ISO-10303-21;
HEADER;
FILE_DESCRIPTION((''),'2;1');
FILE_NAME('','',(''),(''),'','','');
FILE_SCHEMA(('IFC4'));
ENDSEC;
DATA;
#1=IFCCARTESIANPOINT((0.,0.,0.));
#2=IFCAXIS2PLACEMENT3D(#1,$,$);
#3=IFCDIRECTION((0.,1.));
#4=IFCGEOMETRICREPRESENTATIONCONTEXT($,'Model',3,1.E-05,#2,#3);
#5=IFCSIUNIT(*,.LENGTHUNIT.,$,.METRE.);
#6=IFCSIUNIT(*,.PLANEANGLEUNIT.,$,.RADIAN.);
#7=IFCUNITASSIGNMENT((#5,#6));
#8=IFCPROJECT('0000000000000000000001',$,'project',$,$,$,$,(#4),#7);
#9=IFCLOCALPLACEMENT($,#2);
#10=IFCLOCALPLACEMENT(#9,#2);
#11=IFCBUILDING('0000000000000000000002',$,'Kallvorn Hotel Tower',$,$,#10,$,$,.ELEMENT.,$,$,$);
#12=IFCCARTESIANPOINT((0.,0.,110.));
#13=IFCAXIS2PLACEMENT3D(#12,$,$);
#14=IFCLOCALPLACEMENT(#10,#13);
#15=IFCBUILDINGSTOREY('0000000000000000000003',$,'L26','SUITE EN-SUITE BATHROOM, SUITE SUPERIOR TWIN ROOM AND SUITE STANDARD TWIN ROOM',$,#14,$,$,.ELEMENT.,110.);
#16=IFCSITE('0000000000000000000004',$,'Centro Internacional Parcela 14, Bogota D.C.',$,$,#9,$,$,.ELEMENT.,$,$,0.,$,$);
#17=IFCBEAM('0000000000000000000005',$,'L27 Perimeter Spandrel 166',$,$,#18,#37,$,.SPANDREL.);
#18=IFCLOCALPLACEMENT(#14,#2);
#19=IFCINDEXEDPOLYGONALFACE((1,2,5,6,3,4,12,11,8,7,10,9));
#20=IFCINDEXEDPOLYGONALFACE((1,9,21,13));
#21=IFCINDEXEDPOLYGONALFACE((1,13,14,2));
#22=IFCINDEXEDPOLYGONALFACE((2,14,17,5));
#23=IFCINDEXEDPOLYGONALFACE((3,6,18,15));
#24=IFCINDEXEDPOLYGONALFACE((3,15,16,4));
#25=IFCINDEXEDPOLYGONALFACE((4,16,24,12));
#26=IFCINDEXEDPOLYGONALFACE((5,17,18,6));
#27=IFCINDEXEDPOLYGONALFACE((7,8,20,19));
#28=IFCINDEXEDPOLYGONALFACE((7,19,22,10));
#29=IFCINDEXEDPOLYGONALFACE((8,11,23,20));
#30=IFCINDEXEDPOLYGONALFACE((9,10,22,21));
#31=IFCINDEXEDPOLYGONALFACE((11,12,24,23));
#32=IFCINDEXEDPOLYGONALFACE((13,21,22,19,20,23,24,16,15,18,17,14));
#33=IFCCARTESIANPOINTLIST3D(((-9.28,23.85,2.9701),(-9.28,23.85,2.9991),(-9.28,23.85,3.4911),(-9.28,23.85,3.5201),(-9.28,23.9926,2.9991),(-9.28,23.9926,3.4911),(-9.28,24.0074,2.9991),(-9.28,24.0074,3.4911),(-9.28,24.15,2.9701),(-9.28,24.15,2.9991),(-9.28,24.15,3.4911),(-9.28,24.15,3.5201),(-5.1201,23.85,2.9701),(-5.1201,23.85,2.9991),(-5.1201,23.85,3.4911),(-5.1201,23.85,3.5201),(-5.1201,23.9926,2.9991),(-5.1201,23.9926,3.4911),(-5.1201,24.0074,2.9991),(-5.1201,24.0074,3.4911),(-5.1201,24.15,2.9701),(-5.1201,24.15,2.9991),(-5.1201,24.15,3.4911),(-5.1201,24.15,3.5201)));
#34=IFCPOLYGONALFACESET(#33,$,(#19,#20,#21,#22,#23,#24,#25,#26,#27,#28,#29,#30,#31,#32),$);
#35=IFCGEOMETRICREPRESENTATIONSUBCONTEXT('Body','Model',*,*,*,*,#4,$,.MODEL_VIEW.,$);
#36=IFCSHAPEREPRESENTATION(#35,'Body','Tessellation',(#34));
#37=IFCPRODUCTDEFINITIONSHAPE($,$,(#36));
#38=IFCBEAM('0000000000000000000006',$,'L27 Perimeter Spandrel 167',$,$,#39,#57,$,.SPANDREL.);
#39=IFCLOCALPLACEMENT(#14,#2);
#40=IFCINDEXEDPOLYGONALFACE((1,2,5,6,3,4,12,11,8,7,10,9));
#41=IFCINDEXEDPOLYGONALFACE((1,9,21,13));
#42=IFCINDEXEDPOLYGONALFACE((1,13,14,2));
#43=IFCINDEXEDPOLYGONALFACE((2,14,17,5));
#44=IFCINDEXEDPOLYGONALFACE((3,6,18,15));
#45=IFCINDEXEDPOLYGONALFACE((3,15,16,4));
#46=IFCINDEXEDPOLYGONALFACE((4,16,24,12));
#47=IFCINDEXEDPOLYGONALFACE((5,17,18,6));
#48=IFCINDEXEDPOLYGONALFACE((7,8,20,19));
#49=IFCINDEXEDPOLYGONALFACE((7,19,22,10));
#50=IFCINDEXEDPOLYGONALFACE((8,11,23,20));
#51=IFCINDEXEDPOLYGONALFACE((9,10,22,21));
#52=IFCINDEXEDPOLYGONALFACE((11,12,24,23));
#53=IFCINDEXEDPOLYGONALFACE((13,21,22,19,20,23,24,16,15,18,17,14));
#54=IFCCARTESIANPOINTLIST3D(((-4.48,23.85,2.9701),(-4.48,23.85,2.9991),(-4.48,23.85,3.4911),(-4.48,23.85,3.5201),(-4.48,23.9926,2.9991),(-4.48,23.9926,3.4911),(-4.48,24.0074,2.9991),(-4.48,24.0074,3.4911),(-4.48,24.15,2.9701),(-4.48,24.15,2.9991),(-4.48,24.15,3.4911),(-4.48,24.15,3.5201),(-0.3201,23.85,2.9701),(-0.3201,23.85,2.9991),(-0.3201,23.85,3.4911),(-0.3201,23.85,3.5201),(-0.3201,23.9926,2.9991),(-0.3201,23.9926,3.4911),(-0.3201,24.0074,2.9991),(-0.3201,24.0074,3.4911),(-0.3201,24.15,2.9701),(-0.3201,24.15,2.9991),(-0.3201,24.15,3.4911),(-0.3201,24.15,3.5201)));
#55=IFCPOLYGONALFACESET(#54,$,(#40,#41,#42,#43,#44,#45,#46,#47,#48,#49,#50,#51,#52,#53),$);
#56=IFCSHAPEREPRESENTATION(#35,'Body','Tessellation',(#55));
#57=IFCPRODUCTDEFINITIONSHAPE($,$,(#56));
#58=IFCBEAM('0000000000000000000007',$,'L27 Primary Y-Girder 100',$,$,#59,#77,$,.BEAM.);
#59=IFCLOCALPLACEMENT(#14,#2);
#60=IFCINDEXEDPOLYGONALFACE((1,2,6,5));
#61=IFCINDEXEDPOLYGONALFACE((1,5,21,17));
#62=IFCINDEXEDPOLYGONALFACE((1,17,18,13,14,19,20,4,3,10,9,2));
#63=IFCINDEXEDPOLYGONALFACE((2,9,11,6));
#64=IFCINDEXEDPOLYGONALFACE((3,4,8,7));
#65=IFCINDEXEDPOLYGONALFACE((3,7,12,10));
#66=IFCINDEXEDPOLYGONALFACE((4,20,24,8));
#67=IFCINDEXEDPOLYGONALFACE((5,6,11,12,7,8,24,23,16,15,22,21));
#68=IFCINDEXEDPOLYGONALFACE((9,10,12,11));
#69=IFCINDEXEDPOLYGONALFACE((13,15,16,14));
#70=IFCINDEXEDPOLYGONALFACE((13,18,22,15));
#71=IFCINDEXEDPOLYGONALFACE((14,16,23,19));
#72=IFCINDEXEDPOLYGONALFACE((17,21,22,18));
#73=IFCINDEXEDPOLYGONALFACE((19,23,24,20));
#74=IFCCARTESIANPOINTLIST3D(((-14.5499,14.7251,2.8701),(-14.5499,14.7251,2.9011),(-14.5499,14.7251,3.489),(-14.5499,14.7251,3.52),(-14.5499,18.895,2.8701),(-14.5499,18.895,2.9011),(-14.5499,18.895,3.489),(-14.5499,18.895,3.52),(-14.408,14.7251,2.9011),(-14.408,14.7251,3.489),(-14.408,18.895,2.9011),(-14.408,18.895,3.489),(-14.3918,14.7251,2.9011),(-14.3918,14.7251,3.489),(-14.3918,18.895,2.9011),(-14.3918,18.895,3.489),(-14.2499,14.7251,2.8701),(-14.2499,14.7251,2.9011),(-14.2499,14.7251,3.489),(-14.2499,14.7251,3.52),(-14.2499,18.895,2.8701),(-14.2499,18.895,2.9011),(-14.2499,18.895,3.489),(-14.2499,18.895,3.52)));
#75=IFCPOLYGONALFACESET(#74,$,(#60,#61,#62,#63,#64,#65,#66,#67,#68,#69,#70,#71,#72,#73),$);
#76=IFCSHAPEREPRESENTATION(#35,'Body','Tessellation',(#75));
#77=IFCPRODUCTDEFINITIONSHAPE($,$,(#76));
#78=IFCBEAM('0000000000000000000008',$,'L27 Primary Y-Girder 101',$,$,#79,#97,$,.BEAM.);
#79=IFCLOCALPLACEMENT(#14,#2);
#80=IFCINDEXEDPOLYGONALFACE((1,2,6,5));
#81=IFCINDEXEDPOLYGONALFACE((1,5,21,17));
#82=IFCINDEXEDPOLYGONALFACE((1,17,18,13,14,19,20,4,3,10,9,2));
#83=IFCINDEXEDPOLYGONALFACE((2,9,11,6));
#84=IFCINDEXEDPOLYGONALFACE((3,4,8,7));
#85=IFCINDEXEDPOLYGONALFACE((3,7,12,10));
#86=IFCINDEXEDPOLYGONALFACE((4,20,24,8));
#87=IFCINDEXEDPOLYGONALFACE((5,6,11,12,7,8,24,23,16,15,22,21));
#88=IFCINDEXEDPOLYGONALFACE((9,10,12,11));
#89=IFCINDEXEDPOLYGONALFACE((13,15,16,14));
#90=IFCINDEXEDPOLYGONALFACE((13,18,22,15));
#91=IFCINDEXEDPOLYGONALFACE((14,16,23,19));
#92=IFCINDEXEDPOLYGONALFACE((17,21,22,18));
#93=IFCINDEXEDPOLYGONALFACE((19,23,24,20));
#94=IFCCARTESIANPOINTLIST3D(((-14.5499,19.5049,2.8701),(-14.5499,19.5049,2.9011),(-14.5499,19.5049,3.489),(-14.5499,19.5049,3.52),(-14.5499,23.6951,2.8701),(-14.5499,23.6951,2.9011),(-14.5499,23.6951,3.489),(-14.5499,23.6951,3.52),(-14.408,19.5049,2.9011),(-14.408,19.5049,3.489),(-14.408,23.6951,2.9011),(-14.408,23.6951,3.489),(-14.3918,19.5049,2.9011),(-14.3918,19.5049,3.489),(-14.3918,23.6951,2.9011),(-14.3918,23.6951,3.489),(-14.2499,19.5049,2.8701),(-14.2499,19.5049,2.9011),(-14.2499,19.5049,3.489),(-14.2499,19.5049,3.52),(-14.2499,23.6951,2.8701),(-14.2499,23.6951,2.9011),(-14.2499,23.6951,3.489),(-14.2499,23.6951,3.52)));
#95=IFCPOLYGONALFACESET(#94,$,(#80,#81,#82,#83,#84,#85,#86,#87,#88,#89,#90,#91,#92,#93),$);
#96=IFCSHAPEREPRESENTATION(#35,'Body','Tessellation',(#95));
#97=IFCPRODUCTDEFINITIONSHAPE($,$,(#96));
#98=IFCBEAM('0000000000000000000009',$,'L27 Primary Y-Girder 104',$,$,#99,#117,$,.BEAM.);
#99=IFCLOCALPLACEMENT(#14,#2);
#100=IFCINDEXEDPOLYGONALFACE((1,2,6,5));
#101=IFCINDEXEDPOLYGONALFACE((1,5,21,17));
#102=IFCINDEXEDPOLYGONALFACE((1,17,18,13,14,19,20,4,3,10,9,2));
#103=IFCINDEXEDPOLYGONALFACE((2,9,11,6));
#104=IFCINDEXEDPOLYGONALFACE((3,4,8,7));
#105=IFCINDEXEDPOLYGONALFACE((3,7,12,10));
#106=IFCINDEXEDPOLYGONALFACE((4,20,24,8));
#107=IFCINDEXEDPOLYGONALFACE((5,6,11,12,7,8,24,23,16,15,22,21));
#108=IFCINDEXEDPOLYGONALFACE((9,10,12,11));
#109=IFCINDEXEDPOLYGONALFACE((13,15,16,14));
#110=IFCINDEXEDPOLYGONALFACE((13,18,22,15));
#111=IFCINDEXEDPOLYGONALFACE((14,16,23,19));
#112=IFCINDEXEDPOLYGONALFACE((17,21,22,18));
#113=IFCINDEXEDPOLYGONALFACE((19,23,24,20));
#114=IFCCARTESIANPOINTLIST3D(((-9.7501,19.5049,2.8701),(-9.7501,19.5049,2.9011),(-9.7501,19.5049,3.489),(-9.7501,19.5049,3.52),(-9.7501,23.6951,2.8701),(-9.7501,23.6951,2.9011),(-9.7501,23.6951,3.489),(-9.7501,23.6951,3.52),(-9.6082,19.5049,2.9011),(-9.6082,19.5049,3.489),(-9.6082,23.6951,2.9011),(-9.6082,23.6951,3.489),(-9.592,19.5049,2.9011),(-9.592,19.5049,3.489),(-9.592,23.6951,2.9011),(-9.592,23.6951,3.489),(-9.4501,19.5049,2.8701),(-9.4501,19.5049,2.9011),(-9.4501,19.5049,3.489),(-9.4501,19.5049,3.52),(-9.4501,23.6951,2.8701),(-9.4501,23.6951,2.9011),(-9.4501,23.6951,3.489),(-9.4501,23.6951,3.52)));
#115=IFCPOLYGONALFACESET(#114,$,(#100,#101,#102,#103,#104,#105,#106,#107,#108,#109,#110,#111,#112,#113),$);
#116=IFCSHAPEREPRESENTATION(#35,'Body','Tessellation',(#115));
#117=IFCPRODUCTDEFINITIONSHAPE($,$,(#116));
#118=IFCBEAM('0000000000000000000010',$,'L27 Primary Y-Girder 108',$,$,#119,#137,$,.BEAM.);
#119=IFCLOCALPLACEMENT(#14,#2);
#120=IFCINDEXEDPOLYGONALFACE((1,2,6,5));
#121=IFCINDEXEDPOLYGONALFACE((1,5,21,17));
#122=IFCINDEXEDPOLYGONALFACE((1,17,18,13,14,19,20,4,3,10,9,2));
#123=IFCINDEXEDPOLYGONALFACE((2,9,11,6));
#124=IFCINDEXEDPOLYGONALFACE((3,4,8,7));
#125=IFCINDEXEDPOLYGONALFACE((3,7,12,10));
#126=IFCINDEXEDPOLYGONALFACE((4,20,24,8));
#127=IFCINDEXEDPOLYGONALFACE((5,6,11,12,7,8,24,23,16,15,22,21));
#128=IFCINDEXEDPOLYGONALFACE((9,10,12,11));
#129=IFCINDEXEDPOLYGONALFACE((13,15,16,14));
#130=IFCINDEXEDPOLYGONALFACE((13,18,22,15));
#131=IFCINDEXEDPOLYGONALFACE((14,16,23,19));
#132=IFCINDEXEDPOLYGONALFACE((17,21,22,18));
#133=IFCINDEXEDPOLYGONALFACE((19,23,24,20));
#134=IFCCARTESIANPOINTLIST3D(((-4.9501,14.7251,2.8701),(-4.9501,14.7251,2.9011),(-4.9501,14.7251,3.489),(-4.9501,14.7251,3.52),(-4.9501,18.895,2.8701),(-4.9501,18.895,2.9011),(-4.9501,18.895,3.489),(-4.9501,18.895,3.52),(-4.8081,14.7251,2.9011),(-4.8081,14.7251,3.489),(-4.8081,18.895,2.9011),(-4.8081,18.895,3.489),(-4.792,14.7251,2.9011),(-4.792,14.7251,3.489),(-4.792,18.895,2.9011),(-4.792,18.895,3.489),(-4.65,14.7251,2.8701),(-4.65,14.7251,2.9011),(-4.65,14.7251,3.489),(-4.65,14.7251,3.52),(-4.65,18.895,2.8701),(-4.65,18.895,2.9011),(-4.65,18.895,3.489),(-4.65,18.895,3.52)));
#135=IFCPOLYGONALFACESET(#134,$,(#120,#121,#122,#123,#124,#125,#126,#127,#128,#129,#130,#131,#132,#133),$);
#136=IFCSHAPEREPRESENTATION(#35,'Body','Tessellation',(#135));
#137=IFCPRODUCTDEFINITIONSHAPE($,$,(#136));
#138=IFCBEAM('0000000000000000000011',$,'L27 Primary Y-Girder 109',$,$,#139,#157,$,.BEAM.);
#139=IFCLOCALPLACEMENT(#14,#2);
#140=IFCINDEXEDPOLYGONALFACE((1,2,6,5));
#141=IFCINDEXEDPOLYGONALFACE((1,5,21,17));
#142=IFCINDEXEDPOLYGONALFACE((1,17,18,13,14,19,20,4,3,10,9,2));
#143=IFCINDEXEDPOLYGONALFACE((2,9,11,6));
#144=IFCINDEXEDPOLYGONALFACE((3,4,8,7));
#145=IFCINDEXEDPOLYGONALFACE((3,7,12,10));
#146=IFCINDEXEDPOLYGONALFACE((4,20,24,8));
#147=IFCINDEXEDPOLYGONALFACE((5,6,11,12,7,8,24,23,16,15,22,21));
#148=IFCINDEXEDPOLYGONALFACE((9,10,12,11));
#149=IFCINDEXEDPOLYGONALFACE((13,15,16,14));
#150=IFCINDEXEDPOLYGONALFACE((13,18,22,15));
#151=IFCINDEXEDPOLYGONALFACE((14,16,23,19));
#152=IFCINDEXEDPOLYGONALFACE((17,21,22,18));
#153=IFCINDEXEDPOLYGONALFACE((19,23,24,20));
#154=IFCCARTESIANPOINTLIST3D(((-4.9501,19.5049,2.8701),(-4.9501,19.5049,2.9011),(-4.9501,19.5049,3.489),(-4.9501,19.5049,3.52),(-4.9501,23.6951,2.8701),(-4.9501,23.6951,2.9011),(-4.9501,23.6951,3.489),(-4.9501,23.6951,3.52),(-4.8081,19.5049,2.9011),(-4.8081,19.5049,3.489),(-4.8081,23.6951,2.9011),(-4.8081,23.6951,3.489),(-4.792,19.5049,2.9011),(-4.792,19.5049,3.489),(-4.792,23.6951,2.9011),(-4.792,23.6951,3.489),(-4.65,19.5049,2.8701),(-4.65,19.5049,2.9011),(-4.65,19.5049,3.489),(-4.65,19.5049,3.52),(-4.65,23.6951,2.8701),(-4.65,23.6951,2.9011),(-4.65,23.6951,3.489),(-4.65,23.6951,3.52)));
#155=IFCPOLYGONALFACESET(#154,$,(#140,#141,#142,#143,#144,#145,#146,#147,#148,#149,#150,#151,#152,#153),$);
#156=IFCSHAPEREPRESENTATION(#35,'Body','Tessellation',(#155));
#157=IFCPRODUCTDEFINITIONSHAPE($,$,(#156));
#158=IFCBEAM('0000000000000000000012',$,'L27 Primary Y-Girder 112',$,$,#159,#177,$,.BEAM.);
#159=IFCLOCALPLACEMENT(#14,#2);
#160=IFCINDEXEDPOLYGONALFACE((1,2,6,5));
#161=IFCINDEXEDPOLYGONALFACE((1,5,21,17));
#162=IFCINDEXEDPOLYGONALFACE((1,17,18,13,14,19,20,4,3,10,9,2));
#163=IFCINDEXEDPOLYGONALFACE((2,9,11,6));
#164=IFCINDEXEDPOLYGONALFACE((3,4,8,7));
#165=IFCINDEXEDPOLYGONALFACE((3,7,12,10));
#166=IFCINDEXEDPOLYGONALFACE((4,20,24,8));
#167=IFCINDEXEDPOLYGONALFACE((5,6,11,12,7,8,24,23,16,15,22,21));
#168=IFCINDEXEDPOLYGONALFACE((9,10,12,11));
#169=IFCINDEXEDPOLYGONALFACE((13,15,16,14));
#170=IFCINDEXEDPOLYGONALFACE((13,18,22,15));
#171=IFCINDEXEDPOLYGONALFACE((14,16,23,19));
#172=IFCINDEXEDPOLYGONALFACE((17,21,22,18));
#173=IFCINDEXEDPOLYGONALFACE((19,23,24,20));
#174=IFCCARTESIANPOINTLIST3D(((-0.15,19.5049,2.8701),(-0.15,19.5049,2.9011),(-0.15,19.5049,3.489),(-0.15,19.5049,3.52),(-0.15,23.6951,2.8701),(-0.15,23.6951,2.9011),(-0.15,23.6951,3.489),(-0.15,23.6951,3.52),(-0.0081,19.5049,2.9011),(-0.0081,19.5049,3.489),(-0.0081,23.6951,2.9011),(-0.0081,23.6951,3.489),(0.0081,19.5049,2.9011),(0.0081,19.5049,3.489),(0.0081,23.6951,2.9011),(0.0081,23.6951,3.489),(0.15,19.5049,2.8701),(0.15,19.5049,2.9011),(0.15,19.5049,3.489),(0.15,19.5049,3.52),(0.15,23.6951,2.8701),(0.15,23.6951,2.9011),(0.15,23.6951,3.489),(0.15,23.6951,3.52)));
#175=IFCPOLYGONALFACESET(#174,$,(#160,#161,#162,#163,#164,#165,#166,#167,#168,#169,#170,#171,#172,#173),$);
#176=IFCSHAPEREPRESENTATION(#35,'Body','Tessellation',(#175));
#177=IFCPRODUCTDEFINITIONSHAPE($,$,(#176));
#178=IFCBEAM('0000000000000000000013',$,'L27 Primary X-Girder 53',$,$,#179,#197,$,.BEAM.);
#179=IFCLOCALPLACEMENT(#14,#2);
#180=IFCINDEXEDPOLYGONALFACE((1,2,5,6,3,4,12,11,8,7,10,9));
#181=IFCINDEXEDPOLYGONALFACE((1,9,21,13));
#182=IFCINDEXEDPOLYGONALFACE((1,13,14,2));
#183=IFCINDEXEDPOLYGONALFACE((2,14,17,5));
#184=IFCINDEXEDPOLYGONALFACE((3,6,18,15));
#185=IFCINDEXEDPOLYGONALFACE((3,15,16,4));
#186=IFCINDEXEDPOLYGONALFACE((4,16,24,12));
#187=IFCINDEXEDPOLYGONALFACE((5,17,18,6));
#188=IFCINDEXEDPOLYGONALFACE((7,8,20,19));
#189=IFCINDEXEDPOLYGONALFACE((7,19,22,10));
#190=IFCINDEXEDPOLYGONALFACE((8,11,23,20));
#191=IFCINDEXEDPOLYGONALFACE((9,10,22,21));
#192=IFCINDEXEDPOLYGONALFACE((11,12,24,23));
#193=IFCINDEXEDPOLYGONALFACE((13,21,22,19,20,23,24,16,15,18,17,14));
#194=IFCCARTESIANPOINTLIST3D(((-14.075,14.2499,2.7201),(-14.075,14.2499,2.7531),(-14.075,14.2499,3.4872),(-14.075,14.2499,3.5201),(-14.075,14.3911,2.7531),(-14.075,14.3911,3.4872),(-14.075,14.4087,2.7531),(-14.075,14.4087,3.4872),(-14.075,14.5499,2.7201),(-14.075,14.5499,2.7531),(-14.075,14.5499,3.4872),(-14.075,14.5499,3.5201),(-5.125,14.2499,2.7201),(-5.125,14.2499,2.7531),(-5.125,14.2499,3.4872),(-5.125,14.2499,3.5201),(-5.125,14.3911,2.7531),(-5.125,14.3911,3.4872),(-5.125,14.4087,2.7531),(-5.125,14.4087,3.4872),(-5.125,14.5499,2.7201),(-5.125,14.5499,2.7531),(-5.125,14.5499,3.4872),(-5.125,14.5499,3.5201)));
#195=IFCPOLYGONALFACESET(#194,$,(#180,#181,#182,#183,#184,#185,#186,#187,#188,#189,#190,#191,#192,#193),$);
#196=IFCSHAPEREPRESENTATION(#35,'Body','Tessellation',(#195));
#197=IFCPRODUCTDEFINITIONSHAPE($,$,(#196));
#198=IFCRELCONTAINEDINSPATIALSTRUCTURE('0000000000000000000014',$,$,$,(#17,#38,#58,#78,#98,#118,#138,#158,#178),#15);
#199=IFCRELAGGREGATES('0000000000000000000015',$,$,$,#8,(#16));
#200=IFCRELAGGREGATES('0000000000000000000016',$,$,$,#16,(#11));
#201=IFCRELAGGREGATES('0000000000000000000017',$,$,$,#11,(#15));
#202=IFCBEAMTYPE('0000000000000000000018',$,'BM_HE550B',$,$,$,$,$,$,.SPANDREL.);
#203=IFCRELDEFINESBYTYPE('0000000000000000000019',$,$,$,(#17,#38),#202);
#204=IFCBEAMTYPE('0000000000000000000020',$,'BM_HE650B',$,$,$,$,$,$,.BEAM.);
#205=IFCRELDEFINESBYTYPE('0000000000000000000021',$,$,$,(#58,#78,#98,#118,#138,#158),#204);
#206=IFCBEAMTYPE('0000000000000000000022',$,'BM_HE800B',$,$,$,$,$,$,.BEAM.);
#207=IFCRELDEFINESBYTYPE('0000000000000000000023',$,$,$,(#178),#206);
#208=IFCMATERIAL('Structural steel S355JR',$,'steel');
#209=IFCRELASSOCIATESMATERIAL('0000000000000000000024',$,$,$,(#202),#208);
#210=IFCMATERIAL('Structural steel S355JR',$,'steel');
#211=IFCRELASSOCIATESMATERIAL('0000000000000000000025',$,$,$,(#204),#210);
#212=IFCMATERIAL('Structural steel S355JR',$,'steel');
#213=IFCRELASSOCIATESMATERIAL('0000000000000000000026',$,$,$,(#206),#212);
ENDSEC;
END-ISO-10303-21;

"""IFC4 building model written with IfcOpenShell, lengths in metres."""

from ifc_helpers import new_model, si_unit, direction, frame, origin, origin_2d, place, context, subcontext, project, spatial, i_section, extrude, material, material_profile, profile_set, type_object, element, save


model = new_model("IFC4")

# Units and contexts
model_context = context("Model", 3, precision=1e-05, world=origin(), true_north=direction((0.0, 1.0)))
body_context = subcontext(model_context, "Body", "Model", "MODEL_VIEW")
ifc_project = project(units=[si_unit("LENGTHUNIT", "METRE"), si_unit("PLANEANGLEUNIT", "RADIAN")], contexts=[model_context])

# Site, building, storey
site_placement = place(None, origin())
site = spatial("IfcSite", under=ifc_project, at=site_placement, Name="Centro Internacional Parcela 14, Bogota D.C.", CompositionType="ELEMENT", RefElevation=0.0)
building_placement = place(site_placement, origin())
building = spatial("IfcBuilding", under=site, at=building_placement, Name="Kallvorn Hotel Tower", CompositionType="ELEMENT")
storey_placement = place(building_placement, frame((0.0, 0.0, 110.0)))
storey = spatial("IfcBuildingStorey", under=building, at=storey_placement, Name="L26", Description="SUITE EN-SUITE BATHROOM, SUITE SUPERIOR TWIN ROOM AND SUITE STANDARD TWIN ROOM", CompositionType="ELEMENT", Elevation=110.0)

# Beams
ifc_material_1 = material(Name="Structural steel S355JR", Category="steel")
ifc_material_profile_1 = material_profile(ifc_material_1, i_section(OverallWidth=0.3, OverallDepth=0.55, WebThickness=0.0149, FlangeThickness=0.0291, at=origin_2d()), Name="HE 550 B")
ifc_profile_set_1 = profile_set([ifc_material_profile_1], Name="Structural steel S355JR")
beam_type_1 = type_object("IfcBeamType", Name="BM_HE550B", PredefinedType="SPANDREL", material=ifc_profile_set_1)
for number, where, z_axis, x_axis, name in (
    (1, (-9.28, 24.0, 3.2451), (1.0, 0.0, 0.0), (0.0, 1.0, 0.0), "L27 Perimeter Spandrel 166"),
    (2, (-4.48, 24.0, 3.2451), (1.0, 0.0, 0.0), (0.0, 1.0, 0.0), "L27 Perimeter Spandrel 167"),
):
    element("IfcBeam", number, at=place(storey_placement, frame(where, z_axis=z_axis, x_axis=x_axis)), inside=storey, type_object=beam_type_1, Name=name, PredefinedType="SPANDREL", context=body_context, shape_type="SweptSolid", body=[
        extrude(i_section(OverallWidth=0.3, OverallDepth=0.55, WebThickness=0.0149, FlangeThickness=0.0291, at=origin_2d()), origin(), (0.0, 0.0, 1.0), 4.1599),
    ])
ifc_material_2 = material(Name="Structural steel S355JR", Category="steel")
ifc_material_profile_2 = material_profile(ifc_material_2, i_section(OverallWidth=0.3, OverallDepth=0.6499, WebThickness=0.0161, FlangeThickness=0.031, at=origin_2d()), Name="HE 650 B")
ifc_profile_set_2 = profile_set([ifc_material_profile_2], Name="Structural steel S355JR")
beam_type_2 = type_object("IfcBeamType", Name="BM_HE650B", PredefinedType="BEAM", material=ifc_profile_set_2)
beam_1_placement = place(storey_placement, frame((-14.3999, 14.7251, 3.1951), z_axis=(0.0, 1.0, 0.0), x_axis=(-1.0, 0.0, 0.0)))
element("IfcBeam", 3, at=beam_1_placement, inside=storey, type_object=beam_type_2, Name="L27 Primary Y-Girder 100", PredefinedType="BEAM", context=body_context, shape_type="SweptSolid", body=[
    extrude(i_section(OverallWidth=0.3, OverallDepth=0.6499, WebThickness=0.0161, FlangeThickness=0.031, at=origin_2d()), origin(), (0.0, 0.0, 1.0), 4.1699),
])
for number, where, z_axis, x_axis, name in (
    (4, (-14.3999, 19.5049, 3.1951), (0.0, 1.0, 0.0), (-1.0, 0.0, 0.0), "L27 Primary Y-Girder 101"),
    (5, (-9.6001, 19.5049, 3.1951), (0.0, 1.0, 0.0), (-1.0, 0.0, 0.0), "L27 Primary Y-Girder 104"),
):
    element("IfcBeam", number, at=place(storey_placement, frame(where, z_axis=z_axis, x_axis=x_axis)), inside=storey, type_object=beam_type_2, Name=name, PredefinedType="BEAM", context=body_context, shape_type="SweptSolid", body=[
        extrude(i_section(OverallWidth=0.3, OverallDepth=0.6499, WebThickness=0.0161, FlangeThickness=0.031, at=origin_2d()), origin(), (0.0, 0.0, 1.0), 4.1902),
    ])
beam_2_placement = place(storey_placement, frame((-4.8, 14.7251, 3.1951), z_axis=(0.0, 1.0, 0.0), x_axis=(-1.0, 0.0, 0.0)))
element("IfcBeam", 6, at=beam_2_placement, inside=storey, type_object=beam_type_2, Name="L27 Primary Y-Girder 108", PredefinedType="BEAM", context=body_context, shape_type="SweptSolid", body=[
    extrude(i_section(OverallWidth=0.3, OverallDepth=0.6499, WebThickness=0.0161, FlangeThickness=0.031, at=origin_2d()), origin(), (0.0, 0.0, 1.0), 4.1699),
])
for number, where, z_axis, x_axis, name in (
    (7, (-4.8, 19.5049, 3.1951), (0.0, 1.0, 0.0), (-1.0, 0.0, 0.0), "L27 Primary Y-Girder 109"),
    (8, (0.0, 19.5049, 3.1951), (0.0, 1.0, 0.0), (-1.0, 0.0, 0.0), "L27 Primary Y-Girder 112"),
):
    element("IfcBeam", number, at=place(storey_placement, frame(where, z_axis=z_axis, x_axis=x_axis)), inside=storey, type_object=beam_type_2, Name=name, PredefinedType="BEAM", context=body_context, shape_type="SweptSolid", body=[
        extrude(i_section(OverallWidth=0.3, OverallDepth=0.6499, WebThickness=0.0161, FlangeThickness=0.031, at=origin_2d()), origin(), (0.0, 0.0, 1.0), 4.1902),
    ])
ifc_material_3 = material(Name="Structural steel S355JR", Category="steel")
ifc_material_profile_3 = material_profile(ifc_material_3, i_section(OverallWidth=0.3, OverallDepth=0.8, WebThickness=0.0176, FlangeThickness=0.033, at=origin_2d()), Name="HE 800 B")
ifc_profile_set_3 = profile_set([ifc_material_profile_3], Name="Structural steel S355JR")
beam_type_3 = type_object("IfcBeamType", Name="BM_HE800B", PredefinedType="BEAM", material=ifc_profile_set_3)
beam_3_placement = place(storey_placement, frame((-14.075, 14.3999, 3.1201), z_axis=(1.0, 0.0, 0.0), x_axis=(0.0, 1.0, 0.0)))
element("IfcBeam", 9, at=beam_3_placement, inside=storey, type_object=beam_type_3, Name="L27 Primary X-Girder 53", PredefinedType="BEAM", context=body_context, shape_type="SweptSolid", body=[
    extrude(i_section(OverallWidth=0.3, OverallDepth=0.8, WebThickness=0.0176, FlangeThickness=0.033, at=origin_2d()), origin(), (0.0, 0.0, 1.0), 8.95),
])

save(model, "model.ifc")
